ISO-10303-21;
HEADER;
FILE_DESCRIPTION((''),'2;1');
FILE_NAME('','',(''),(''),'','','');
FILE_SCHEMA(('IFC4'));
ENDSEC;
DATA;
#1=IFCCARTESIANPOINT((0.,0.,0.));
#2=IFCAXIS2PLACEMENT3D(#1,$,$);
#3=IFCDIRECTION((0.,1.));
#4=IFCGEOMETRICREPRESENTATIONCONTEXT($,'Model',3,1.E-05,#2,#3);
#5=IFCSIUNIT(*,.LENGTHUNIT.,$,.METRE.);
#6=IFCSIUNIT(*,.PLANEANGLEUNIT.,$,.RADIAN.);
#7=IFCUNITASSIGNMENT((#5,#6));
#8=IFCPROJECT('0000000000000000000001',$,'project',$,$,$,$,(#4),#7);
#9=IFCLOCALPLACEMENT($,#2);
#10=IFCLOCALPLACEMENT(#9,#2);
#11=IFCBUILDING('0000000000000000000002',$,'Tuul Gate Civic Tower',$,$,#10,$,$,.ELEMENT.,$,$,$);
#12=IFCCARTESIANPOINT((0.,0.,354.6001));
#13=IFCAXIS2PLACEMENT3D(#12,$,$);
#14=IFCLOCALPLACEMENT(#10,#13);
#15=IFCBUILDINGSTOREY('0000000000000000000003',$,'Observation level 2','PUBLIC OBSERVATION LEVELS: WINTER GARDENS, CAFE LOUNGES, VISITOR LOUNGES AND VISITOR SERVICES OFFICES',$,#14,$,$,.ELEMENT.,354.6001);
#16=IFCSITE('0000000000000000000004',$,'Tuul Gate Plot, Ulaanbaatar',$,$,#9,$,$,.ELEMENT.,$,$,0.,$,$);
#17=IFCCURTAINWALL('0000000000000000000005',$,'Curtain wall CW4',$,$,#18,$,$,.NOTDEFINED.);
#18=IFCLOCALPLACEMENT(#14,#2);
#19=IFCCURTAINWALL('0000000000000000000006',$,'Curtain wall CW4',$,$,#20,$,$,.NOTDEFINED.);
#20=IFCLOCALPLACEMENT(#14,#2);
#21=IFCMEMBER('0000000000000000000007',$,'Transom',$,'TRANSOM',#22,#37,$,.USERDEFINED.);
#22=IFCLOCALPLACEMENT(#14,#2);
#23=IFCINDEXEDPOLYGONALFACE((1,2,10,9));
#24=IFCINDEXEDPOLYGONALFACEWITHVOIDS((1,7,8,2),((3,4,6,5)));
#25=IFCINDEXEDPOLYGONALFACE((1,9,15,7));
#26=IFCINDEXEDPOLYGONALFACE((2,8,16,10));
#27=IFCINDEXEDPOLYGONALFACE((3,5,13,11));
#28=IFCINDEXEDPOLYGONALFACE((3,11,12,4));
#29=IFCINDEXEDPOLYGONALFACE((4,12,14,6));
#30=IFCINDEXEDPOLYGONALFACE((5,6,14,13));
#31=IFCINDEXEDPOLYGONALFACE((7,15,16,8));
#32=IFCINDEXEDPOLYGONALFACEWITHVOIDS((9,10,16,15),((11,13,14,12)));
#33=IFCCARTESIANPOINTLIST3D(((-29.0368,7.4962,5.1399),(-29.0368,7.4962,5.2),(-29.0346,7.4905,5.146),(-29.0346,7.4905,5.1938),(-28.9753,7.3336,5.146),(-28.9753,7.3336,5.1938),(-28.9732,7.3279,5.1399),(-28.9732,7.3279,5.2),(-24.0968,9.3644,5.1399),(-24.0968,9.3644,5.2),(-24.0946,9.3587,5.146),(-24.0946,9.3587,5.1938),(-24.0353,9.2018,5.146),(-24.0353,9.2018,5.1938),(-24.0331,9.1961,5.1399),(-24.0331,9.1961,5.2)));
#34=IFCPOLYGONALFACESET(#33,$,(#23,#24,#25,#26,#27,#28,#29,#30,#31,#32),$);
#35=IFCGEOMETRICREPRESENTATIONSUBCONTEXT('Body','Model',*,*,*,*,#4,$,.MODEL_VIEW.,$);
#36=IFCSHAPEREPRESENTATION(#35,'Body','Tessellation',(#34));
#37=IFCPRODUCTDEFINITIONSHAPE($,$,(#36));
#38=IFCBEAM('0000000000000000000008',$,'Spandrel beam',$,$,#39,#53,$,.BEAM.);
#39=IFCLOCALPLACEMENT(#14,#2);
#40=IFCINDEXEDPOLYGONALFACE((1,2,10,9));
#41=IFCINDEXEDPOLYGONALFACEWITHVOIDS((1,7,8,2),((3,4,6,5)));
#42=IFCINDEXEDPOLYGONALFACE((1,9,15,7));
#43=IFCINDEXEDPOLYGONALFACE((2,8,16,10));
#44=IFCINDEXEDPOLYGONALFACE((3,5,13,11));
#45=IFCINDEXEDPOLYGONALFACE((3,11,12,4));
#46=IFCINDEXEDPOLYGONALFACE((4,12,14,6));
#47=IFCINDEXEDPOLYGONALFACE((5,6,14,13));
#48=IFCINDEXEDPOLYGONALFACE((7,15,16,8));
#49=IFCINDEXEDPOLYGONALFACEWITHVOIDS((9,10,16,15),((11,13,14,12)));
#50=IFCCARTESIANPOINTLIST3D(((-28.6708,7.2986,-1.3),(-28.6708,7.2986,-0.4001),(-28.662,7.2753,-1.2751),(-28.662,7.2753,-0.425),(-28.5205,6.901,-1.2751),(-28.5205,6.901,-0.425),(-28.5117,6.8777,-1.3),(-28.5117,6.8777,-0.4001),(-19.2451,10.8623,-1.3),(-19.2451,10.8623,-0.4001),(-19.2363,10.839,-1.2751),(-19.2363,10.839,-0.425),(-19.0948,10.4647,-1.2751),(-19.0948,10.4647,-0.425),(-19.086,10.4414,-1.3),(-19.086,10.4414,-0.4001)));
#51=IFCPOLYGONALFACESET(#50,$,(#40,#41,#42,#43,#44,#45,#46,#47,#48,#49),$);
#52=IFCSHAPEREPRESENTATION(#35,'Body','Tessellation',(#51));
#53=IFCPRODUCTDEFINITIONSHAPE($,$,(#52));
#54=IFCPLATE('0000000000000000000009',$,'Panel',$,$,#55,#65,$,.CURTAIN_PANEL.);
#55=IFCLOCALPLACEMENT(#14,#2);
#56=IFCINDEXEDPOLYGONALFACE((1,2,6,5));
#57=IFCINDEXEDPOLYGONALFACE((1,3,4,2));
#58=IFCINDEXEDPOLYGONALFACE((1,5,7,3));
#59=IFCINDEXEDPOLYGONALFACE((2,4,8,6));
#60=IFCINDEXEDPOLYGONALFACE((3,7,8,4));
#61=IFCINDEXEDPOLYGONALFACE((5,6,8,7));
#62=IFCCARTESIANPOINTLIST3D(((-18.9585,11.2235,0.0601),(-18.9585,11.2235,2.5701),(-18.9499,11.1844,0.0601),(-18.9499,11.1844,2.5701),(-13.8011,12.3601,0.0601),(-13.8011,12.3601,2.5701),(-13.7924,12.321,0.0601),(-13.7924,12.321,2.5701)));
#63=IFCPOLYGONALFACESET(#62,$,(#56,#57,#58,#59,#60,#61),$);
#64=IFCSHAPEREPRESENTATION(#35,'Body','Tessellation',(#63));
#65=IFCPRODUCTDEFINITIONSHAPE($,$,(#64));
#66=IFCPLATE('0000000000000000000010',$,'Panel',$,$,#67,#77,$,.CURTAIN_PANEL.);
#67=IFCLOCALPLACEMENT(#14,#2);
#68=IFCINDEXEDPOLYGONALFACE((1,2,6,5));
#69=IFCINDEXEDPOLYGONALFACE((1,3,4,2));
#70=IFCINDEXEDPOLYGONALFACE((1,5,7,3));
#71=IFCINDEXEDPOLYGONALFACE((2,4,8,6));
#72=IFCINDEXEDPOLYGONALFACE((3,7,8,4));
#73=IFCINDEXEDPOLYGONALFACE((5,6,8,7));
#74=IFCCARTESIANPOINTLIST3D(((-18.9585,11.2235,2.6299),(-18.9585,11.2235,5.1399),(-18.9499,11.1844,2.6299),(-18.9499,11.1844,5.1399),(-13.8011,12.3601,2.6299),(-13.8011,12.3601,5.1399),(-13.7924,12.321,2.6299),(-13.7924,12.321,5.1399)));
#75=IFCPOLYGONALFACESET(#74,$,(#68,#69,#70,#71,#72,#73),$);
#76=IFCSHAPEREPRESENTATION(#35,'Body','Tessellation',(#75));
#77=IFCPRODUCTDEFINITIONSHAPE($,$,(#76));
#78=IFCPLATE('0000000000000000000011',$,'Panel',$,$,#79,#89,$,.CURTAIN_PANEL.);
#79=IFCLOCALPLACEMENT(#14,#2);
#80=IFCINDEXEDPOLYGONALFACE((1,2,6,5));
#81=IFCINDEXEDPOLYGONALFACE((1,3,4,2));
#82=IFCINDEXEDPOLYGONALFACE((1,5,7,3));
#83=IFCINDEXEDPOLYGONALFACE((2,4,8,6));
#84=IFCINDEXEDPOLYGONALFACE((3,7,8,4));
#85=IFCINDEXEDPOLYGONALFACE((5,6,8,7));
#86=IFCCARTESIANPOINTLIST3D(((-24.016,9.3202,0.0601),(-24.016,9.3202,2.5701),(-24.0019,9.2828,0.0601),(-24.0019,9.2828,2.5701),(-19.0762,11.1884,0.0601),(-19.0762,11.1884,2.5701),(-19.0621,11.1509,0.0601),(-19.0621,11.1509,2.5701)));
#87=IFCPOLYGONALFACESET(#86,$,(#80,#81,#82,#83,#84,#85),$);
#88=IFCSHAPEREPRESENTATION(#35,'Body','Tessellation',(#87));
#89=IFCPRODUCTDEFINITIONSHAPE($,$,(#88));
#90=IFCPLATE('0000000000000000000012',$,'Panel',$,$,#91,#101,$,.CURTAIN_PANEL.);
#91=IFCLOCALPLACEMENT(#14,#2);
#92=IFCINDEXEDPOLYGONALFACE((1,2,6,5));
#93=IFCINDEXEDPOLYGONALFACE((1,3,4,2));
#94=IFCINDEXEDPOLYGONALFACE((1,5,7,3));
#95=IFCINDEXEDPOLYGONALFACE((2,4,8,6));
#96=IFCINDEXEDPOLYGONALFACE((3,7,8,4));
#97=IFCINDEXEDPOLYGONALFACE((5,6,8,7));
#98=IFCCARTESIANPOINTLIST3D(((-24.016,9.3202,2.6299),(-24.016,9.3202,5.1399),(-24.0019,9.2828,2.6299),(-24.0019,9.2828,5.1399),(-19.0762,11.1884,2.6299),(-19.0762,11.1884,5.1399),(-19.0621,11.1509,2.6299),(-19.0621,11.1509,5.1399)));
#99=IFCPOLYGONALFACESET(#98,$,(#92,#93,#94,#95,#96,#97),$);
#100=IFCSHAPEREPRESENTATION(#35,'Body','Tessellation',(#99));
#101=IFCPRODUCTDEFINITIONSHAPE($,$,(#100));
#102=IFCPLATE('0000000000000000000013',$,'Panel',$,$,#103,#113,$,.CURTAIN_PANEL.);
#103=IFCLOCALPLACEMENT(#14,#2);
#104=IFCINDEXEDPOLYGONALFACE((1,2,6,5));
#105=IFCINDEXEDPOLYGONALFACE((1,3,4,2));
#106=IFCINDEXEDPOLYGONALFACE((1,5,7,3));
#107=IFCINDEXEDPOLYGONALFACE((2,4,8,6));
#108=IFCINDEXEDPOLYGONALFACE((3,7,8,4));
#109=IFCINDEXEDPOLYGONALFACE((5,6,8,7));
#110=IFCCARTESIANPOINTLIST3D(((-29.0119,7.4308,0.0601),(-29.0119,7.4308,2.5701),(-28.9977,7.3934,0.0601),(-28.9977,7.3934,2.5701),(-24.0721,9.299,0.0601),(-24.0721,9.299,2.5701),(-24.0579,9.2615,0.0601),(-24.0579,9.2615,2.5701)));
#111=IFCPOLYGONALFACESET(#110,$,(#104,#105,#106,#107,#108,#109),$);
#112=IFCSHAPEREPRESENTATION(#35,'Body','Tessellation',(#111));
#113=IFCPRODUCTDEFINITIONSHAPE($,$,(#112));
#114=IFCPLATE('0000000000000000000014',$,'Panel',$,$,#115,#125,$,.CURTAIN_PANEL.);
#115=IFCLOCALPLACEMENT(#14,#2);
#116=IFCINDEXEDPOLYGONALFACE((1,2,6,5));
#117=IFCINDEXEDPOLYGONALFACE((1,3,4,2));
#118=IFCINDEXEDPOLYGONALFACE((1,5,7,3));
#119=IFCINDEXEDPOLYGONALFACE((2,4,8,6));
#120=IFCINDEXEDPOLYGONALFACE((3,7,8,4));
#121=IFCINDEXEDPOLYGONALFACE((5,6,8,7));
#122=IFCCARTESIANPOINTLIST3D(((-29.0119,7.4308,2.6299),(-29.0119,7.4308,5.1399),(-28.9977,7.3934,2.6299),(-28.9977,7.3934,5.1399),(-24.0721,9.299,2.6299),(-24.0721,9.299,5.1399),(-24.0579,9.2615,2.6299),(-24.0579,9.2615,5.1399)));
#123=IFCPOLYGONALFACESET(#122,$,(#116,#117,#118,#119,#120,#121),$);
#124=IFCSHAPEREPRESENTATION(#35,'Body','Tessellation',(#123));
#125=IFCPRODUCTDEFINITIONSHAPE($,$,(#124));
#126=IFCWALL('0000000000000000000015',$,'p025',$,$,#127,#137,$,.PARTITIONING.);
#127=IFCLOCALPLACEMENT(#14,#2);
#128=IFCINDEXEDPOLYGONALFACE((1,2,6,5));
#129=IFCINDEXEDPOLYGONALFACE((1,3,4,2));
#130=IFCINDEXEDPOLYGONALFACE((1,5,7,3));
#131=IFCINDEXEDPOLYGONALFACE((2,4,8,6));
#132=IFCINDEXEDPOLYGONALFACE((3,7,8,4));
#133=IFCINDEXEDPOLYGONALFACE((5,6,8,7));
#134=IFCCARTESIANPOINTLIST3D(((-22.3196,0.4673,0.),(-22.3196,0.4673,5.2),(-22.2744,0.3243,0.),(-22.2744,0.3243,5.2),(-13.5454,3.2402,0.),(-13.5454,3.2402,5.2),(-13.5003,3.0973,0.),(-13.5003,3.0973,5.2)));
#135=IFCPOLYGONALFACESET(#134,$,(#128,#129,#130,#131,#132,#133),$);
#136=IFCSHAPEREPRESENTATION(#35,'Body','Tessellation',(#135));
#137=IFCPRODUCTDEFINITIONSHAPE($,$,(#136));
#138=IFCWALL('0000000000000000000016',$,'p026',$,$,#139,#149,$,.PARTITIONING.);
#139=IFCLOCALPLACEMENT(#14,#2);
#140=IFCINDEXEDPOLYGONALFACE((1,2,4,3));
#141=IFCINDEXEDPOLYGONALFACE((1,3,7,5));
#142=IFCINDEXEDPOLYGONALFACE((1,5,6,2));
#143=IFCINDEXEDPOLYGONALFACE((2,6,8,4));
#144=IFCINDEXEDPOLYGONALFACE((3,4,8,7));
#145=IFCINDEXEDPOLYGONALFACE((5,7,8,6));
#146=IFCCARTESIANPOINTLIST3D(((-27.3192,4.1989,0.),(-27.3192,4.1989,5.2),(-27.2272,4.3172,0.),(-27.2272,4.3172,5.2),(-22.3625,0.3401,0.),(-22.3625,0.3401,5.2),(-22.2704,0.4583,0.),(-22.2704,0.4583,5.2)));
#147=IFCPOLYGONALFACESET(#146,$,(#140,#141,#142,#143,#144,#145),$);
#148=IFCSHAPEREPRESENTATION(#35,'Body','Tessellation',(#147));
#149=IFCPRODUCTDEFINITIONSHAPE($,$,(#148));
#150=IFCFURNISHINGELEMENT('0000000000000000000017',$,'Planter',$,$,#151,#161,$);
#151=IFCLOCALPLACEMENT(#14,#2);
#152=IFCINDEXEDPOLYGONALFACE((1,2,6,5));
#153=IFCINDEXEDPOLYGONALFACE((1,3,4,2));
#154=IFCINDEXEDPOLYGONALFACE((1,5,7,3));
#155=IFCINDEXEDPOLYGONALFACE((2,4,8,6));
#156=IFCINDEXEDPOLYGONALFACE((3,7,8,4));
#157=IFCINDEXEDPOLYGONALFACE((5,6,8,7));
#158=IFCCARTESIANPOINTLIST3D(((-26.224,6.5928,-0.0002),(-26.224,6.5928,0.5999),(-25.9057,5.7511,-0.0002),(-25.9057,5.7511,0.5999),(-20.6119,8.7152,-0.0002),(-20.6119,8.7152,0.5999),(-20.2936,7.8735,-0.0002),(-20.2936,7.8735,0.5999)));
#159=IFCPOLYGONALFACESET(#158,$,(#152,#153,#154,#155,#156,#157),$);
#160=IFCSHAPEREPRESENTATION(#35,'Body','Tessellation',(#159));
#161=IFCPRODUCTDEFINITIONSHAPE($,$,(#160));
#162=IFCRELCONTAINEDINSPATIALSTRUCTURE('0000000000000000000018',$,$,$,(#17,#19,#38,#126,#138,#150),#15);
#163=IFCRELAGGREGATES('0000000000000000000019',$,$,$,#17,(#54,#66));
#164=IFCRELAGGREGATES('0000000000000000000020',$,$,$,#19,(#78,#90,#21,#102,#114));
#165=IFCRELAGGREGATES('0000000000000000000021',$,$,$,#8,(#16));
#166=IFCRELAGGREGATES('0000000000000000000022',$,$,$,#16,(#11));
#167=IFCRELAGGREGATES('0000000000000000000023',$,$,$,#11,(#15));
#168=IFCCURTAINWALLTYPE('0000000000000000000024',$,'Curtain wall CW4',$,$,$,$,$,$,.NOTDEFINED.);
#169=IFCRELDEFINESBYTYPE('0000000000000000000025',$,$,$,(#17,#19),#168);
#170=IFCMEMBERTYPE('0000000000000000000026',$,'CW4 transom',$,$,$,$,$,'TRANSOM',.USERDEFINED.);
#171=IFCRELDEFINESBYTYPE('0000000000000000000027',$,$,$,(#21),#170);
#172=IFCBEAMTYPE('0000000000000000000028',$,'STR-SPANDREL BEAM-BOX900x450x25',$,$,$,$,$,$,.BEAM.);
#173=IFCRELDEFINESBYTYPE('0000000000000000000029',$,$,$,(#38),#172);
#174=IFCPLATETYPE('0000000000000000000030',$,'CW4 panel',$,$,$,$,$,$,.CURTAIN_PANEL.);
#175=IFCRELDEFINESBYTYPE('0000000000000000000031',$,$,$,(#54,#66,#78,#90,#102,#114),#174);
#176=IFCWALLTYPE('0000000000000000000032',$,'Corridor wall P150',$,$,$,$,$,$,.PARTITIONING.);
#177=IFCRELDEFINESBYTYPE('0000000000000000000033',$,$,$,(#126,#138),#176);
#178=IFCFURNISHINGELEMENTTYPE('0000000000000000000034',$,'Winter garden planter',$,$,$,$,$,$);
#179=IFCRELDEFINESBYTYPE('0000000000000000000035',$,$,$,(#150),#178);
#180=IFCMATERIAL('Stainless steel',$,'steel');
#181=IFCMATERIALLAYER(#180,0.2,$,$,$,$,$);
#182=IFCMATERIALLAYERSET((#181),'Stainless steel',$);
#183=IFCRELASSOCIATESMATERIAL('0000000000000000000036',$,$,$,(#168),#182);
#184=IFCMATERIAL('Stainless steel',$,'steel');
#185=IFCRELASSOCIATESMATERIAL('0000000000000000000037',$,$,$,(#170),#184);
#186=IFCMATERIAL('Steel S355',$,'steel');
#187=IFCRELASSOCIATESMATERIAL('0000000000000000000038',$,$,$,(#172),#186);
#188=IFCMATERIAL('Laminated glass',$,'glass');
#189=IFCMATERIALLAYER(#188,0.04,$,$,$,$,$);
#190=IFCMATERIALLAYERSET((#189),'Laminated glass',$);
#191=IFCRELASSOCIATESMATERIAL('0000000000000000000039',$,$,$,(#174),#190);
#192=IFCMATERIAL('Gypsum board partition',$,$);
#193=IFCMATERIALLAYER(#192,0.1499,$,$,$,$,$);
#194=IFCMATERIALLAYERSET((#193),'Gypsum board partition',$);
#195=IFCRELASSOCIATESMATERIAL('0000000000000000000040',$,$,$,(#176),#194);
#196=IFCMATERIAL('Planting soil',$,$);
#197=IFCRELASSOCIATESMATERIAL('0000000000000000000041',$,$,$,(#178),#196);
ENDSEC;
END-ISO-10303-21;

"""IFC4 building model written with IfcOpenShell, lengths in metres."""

from ifc_helpers import new_model, si_unit, direction, frame, frame_2d, origin, origin_2d, place, context, subcontext, project, spatial, rectangle, hollow_rectangle, extrude, material, layer, layer_set, material_profile, profile_set, type_object, element, aggregate, save


model = new_model("IFC4")

# Units and contexts
model_context = context("Model", 3, precision=1e-05, world=origin(), true_north=direction((0.0, 1.0)))
body_context = subcontext(model_context, "Body", "Model", "MODEL_VIEW")
ifc_project = project(units=[si_unit("LENGTHUNIT", "METRE"), si_unit("PLANEANGLEUNIT", "RADIAN")], contexts=[model_context])

# Site, building, storey
site_placement = place(None, origin())
site = spatial("IfcSite", under=ifc_project, at=site_placement, Name="Tuul Gate Plot, Ulaanbaatar", CompositionType="ELEMENT", RefElevation=0.0)
building_placement = place(site_placement, origin())
building = spatial("IfcBuilding", under=site, at=building_placement, Name="Tuul Gate Civic Tower", CompositionType="ELEMENT")
storey_placement = place(building_placement, frame((0.0, 0.0, 354.6001)))
storey = spatial("IfcBuildingStorey", under=building, at=storey_placement, Name="Observation level 2", Description="PUBLIC OBSERVATION LEVELS: WINTER GARDENS, CAFE LOUNGES, VISITOR LOUNGES AND VISITOR SERVICES OFFICES", CompositionType="ELEMENT", Elevation=354.6001)

# Curtain wall
ifc_material_1 = material(Name="Stainless steel", Category="steel")
ifc_layer_1 = layer(ifc_material_1, 0.2)
ifc_layer_set_1 = layer_set([ifc_layer_1], Name="Stainless steel")
curtain_wall_type = type_object("IfcCurtainWallType", Name="Curtain wall CW4", PredefinedType="NOTDEFINED", material=ifc_layer_set_1)
curtain_wall_1_placement = place(storey_placement, origin())
curtain_wall_1 = element("IfcCurtainWall", 1, at=curtain_wall_1_placement, inside=storey, type_object=curtain_wall_type, Name="Curtain wall CW4", PredefinedType="NOTDEFINED")

# Curtain wall
curtain_wall_2_placement = place(storey_placement, origin())
curtain_wall_2 = element("IfcCurtainWall", 2, at=curtain_wall_2_placement, inside=storey, type_object=curtain_wall_type, Name="Curtain wall CW4", PredefinedType="NOTDEFINED")

# Member
ifc_material_2 = material(Name="Stainless steel", Category="steel")
ifc_material_profile_1 = material_profile(ifc_material_2, hollow_rectangle(XDim=0.1799, YDim=0.0601, WallThickness=0.0061, at=origin_2d()), Name="CW4 transom")
ifc_profile_set_1 = profile_set([ifc_material_profile_1], Name="Stainless steel")
member_type_1 = type_object("IfcMemberType", Name="CW4 transom", ElementType="TRANSOM", PredefinedType="USERDEFINED", material=ifc_profile_set_1)
member_1_placement = place(storey_placement, frame((-24.0649, 9.2803, 5.1699), z_axis=(-0.935349, -0.353726, 0.0), x_axis=(0.353726, -0.935349, 0.0)))
member_1 = element("IfcMember", 3, at=member_1_placement, type_object=member_type_1, Name="Transom", ObjectType="TRANSOM", PredefinedType="USERDEFINED", context=body_context, shape_type="SweptSolid", body=[
    extrude(hollow_rectangle(XDim=0.1799, YDim=0.0601, WallThickness=0.0061, at=origin_2d()), origin(), (0.0, 0.0, 1.0), 5.2815),
])

# Beam
ifc_material_3 = material(Name="Steel S355", Category="steel")
ifc_material_profile_2 = material_profile(ifc_material_3, hollow_rectangle(XDim=0.45, YDim=0.8999, WallThickness=0.0249, at=origin_2d()), Name="BOX900x450x25")
ifc_profile_set_2 = profile_set([ifc_material_profile_2], Name="Steel S355")
beam_type = type_object("IfcBeamType", Name="STR-SPANDREL BEAM-BOX900x450x25", PredefinedType="BEAM", material=ifc_profile_set_2)
beam_placement = place(storey_placement, frame((-19.1655, 10.6519, -0.8501), z_axis=(-0.935378, -0.35365, 0.0), x_axis=(0.35365, -0.935378, 0.0)))
element("IfcBeam", 4, at=beam_placement, inside=storey, type_object=beam_type, Name="Spandrel beam", PredefinedType="BEAM", context=body_context, shape_type="SweptSolid", body=[
    extrude(hollow_rectangle(XDim=0.45, YDim=0.8999, WallThickness=0.0249, at=origin_2d()), origin(), (0.0, 0.0, 1.0), 10.0769),
])

# Plates
ifc_material_4 = material(Name="Laminated glass", Category="glass")
ifc_layer_2 = layer(ifc_material_4, 0.04)
ifc_layer_set_2 = layer_set([ifc_layer_2], Name="Laminated glass")
plate_type = type_object("IfcPlateType", Name="CW4 panel", PredefinedType="CURTAIN_PANEL", material=ifc_layer_set_2)
plate_1_placement = place(storey_placement, frame((-16.3755, 11.7722, 0.0601), z_axis=(0.0, 0.0, 1.0), x_axis=(-0.976567, -0.215215, 0.0)))
plate_1 = element("IfcPlate", 5, at=plate_1_placement, type_object=plate_type, Name="Panel", PredefinedType="CURTAIN_PANEL", context=body_context, shape_type="SweptSolid", body=[
    extrude(rectangle(XDim=5.2812, YDim=0.04, at=origin_2d()), origin(), (0.0, 0.0, 1.0), 2.51),
])
plate_2_placement = place(storey_placement, frame((-16.3755, 11.7722, 2.6299), z_axis=(0.0, 0.0, 1.0), x_axis=(-0.976567, -0.215215, 0.0)))
plate_2 = element("IfcPlate", 6, at=plate_2_placement, type_object=plate_type, Name="Panel", PredefinedType="CURTAIN_PANEL", context=body_context, shape_type="SweptSolid", body=[
    extrude(rectangle(XDim=5.2812, YDim=0.04, at=origin_2d()), origin(), (0.0, 0.0, 1.0), 2.51),
])
aggregate(curtain_wall_1, [plate_1, plate_2])
plate_3_placement = place(storey_placement, frame((-21.5391, 10.2356, 0.0601), z_axis=(0.0, 0.0, 1.0), x_axis=(-0.935346, -0.353734, 0.0)))
plate_3 = element("IfcPlate", 7, at=plate_3_placement, type_object=plate_type, Name="Panel", PredefinedType="CURTAIN_PANEL", context=body_context, shape_type="SweptSolid", body=[
    extrude(rectangle(XDim=5.2812, YDim=0.04, at=origin_2d()), origin(), (0.0, 0.0, 1.0), 2.51),
])
plate_4_placement = place(storey_placement, frame((-21.5391, 10.2356, 2.6299), z_axis=(0.0, 0.0, 1.0), x_axis=(-0.935346, -0.353734, 0.0)))
plate_4 = element("IfcPlate", 8, at=plate_4_placement, type_object=plate_type, Name="Panel", PredefinedType="CURTAIN_PANEL", context=body_context, shape_type="SweptSolid", body=[
    extrude(rectangle(XDim=5.2812, YDim=0.04, at=origin_2d()), origin(), (0.0, 0.0, 1.0), 2.51),
])
plate_5_placement = place(storey_placement, frame((-26.5349, 8.3462, 0.0601), z_axis=(0.0, 0.0, 1.0), x_axis=(-0.935346, -0.353734, 0.0)))
plate_5 = element("IfcPlate", 9, at=plate_5_placement, type_object=plate_type, Name="Panel", PredefinedType="CURTAIN_PANEL", context=body_context, shape_type="SweptSolid", body=[
    extrude(rectangle(XDim=5.2812, YDim=0.04, at=origin_2d()), origin(), (0.0, 0.0, 1.0), 2.51),
])
plate_6_placement = place(storey_placement, frame((-26.5349, 8.3462, 2.6299), z_axis=(0.0, 0.0, 1.0), x_axis=(-0.935346, -0.353734, 0.0)))
plate_6 = element("IfcPlate", 10, at=plate_6_placement, type_object=plate_type, Name="Panel", PredefinedType="CURTAIN_PANEL", context=body_context, shape_type="SweptSolid", body=[
    extrude(rectangle(XDim=5.2812, YDim=0.04, at=origin_2d()), origin(), (0.0, 0.0, 1.0), 2.51),
])
aggregate(curtain_wall_2, [plate_3, plate_4, member_1, plate_5, plate_6])

# Walls
ifc_material_5 = material(Name="Gypsum board partition")
ifc_layer_3 = layer(ifc_material_5, 0.1499)
ifc_layer_set_3 = layer_set([ifc_layer_3], Name="Gypsum board partition")
wall_type = type_object("IfcWallType", Name="Corridor wall P150", PredefinedType="PARTITIONING", material=ifc_layer_set_3)
wall_1_placement = place(storey_placement, frame((-22.2971, 0.3958, 0.0), z_axis=(0.0, 0.0, 1.0), x_axis=(0.953515, 0.301345, 0.0)))
element("IfcWall", 11, at=wall_1_placement, inside=storey, type_object=wall_type, Name="p025", PredefinedType="PARTITIONING", context=body_context, shape_type="SweptSolid", body=[
    extrude(rectangle(XDim=9.2019, YDim=0.1499, at=frame_2d((4.6011, 0.0))), origin(), (0.0, 0.0, 1.0), 5.2),
])
wall_2_placement = place(storey_placement, frame((-27.2732, 4.2581, 0.0), z_axis=(0.0, 0.0, 1.0), x_axis=(0.789074, -0.614298, 0.0)))
element("IfcWall", 12, at=wall_2_placement, inside=storey, type_object=wall_type, Name="p026", PredefinedType="PARTITIONING", context=body_context, shape_type="SweptSolid", body=[
    extrude(rectangle(XDim=6.2817, YDim=0.1499, at=frame_2d((3.1409, 0.0))), origin(), (0.0, 0.0, 1.0), 5.2),
])

# Furnishing element
ifc_material_6 = material(Name="Planting soil")
furnishing_element_type = type_object("IfcFurnishingElementType", Name="Winter garden planter", material=ifc_material_6)
furnishing_placement = place(storey_placement, frame((-23.2588, 7.2332, -0.0002), z_axis=(0.0, 0.0, 1.0), x_axis=(-0.935346, -0.353734, 0.0)))
element("IfcFurnishingElement", 13, at=furnishing_placement, inside=storey, type_object=furnishing_element_type, Name="Planter", context=body_context, shape_type="SweptSolid", body=[
    extrude(rectangle(XDim=6.0, YDim=0.8999, at=origin_2d()), origin(), (0.0, 0.0, 1.0), 0.6001),
])

save(model, "model.ifc")
